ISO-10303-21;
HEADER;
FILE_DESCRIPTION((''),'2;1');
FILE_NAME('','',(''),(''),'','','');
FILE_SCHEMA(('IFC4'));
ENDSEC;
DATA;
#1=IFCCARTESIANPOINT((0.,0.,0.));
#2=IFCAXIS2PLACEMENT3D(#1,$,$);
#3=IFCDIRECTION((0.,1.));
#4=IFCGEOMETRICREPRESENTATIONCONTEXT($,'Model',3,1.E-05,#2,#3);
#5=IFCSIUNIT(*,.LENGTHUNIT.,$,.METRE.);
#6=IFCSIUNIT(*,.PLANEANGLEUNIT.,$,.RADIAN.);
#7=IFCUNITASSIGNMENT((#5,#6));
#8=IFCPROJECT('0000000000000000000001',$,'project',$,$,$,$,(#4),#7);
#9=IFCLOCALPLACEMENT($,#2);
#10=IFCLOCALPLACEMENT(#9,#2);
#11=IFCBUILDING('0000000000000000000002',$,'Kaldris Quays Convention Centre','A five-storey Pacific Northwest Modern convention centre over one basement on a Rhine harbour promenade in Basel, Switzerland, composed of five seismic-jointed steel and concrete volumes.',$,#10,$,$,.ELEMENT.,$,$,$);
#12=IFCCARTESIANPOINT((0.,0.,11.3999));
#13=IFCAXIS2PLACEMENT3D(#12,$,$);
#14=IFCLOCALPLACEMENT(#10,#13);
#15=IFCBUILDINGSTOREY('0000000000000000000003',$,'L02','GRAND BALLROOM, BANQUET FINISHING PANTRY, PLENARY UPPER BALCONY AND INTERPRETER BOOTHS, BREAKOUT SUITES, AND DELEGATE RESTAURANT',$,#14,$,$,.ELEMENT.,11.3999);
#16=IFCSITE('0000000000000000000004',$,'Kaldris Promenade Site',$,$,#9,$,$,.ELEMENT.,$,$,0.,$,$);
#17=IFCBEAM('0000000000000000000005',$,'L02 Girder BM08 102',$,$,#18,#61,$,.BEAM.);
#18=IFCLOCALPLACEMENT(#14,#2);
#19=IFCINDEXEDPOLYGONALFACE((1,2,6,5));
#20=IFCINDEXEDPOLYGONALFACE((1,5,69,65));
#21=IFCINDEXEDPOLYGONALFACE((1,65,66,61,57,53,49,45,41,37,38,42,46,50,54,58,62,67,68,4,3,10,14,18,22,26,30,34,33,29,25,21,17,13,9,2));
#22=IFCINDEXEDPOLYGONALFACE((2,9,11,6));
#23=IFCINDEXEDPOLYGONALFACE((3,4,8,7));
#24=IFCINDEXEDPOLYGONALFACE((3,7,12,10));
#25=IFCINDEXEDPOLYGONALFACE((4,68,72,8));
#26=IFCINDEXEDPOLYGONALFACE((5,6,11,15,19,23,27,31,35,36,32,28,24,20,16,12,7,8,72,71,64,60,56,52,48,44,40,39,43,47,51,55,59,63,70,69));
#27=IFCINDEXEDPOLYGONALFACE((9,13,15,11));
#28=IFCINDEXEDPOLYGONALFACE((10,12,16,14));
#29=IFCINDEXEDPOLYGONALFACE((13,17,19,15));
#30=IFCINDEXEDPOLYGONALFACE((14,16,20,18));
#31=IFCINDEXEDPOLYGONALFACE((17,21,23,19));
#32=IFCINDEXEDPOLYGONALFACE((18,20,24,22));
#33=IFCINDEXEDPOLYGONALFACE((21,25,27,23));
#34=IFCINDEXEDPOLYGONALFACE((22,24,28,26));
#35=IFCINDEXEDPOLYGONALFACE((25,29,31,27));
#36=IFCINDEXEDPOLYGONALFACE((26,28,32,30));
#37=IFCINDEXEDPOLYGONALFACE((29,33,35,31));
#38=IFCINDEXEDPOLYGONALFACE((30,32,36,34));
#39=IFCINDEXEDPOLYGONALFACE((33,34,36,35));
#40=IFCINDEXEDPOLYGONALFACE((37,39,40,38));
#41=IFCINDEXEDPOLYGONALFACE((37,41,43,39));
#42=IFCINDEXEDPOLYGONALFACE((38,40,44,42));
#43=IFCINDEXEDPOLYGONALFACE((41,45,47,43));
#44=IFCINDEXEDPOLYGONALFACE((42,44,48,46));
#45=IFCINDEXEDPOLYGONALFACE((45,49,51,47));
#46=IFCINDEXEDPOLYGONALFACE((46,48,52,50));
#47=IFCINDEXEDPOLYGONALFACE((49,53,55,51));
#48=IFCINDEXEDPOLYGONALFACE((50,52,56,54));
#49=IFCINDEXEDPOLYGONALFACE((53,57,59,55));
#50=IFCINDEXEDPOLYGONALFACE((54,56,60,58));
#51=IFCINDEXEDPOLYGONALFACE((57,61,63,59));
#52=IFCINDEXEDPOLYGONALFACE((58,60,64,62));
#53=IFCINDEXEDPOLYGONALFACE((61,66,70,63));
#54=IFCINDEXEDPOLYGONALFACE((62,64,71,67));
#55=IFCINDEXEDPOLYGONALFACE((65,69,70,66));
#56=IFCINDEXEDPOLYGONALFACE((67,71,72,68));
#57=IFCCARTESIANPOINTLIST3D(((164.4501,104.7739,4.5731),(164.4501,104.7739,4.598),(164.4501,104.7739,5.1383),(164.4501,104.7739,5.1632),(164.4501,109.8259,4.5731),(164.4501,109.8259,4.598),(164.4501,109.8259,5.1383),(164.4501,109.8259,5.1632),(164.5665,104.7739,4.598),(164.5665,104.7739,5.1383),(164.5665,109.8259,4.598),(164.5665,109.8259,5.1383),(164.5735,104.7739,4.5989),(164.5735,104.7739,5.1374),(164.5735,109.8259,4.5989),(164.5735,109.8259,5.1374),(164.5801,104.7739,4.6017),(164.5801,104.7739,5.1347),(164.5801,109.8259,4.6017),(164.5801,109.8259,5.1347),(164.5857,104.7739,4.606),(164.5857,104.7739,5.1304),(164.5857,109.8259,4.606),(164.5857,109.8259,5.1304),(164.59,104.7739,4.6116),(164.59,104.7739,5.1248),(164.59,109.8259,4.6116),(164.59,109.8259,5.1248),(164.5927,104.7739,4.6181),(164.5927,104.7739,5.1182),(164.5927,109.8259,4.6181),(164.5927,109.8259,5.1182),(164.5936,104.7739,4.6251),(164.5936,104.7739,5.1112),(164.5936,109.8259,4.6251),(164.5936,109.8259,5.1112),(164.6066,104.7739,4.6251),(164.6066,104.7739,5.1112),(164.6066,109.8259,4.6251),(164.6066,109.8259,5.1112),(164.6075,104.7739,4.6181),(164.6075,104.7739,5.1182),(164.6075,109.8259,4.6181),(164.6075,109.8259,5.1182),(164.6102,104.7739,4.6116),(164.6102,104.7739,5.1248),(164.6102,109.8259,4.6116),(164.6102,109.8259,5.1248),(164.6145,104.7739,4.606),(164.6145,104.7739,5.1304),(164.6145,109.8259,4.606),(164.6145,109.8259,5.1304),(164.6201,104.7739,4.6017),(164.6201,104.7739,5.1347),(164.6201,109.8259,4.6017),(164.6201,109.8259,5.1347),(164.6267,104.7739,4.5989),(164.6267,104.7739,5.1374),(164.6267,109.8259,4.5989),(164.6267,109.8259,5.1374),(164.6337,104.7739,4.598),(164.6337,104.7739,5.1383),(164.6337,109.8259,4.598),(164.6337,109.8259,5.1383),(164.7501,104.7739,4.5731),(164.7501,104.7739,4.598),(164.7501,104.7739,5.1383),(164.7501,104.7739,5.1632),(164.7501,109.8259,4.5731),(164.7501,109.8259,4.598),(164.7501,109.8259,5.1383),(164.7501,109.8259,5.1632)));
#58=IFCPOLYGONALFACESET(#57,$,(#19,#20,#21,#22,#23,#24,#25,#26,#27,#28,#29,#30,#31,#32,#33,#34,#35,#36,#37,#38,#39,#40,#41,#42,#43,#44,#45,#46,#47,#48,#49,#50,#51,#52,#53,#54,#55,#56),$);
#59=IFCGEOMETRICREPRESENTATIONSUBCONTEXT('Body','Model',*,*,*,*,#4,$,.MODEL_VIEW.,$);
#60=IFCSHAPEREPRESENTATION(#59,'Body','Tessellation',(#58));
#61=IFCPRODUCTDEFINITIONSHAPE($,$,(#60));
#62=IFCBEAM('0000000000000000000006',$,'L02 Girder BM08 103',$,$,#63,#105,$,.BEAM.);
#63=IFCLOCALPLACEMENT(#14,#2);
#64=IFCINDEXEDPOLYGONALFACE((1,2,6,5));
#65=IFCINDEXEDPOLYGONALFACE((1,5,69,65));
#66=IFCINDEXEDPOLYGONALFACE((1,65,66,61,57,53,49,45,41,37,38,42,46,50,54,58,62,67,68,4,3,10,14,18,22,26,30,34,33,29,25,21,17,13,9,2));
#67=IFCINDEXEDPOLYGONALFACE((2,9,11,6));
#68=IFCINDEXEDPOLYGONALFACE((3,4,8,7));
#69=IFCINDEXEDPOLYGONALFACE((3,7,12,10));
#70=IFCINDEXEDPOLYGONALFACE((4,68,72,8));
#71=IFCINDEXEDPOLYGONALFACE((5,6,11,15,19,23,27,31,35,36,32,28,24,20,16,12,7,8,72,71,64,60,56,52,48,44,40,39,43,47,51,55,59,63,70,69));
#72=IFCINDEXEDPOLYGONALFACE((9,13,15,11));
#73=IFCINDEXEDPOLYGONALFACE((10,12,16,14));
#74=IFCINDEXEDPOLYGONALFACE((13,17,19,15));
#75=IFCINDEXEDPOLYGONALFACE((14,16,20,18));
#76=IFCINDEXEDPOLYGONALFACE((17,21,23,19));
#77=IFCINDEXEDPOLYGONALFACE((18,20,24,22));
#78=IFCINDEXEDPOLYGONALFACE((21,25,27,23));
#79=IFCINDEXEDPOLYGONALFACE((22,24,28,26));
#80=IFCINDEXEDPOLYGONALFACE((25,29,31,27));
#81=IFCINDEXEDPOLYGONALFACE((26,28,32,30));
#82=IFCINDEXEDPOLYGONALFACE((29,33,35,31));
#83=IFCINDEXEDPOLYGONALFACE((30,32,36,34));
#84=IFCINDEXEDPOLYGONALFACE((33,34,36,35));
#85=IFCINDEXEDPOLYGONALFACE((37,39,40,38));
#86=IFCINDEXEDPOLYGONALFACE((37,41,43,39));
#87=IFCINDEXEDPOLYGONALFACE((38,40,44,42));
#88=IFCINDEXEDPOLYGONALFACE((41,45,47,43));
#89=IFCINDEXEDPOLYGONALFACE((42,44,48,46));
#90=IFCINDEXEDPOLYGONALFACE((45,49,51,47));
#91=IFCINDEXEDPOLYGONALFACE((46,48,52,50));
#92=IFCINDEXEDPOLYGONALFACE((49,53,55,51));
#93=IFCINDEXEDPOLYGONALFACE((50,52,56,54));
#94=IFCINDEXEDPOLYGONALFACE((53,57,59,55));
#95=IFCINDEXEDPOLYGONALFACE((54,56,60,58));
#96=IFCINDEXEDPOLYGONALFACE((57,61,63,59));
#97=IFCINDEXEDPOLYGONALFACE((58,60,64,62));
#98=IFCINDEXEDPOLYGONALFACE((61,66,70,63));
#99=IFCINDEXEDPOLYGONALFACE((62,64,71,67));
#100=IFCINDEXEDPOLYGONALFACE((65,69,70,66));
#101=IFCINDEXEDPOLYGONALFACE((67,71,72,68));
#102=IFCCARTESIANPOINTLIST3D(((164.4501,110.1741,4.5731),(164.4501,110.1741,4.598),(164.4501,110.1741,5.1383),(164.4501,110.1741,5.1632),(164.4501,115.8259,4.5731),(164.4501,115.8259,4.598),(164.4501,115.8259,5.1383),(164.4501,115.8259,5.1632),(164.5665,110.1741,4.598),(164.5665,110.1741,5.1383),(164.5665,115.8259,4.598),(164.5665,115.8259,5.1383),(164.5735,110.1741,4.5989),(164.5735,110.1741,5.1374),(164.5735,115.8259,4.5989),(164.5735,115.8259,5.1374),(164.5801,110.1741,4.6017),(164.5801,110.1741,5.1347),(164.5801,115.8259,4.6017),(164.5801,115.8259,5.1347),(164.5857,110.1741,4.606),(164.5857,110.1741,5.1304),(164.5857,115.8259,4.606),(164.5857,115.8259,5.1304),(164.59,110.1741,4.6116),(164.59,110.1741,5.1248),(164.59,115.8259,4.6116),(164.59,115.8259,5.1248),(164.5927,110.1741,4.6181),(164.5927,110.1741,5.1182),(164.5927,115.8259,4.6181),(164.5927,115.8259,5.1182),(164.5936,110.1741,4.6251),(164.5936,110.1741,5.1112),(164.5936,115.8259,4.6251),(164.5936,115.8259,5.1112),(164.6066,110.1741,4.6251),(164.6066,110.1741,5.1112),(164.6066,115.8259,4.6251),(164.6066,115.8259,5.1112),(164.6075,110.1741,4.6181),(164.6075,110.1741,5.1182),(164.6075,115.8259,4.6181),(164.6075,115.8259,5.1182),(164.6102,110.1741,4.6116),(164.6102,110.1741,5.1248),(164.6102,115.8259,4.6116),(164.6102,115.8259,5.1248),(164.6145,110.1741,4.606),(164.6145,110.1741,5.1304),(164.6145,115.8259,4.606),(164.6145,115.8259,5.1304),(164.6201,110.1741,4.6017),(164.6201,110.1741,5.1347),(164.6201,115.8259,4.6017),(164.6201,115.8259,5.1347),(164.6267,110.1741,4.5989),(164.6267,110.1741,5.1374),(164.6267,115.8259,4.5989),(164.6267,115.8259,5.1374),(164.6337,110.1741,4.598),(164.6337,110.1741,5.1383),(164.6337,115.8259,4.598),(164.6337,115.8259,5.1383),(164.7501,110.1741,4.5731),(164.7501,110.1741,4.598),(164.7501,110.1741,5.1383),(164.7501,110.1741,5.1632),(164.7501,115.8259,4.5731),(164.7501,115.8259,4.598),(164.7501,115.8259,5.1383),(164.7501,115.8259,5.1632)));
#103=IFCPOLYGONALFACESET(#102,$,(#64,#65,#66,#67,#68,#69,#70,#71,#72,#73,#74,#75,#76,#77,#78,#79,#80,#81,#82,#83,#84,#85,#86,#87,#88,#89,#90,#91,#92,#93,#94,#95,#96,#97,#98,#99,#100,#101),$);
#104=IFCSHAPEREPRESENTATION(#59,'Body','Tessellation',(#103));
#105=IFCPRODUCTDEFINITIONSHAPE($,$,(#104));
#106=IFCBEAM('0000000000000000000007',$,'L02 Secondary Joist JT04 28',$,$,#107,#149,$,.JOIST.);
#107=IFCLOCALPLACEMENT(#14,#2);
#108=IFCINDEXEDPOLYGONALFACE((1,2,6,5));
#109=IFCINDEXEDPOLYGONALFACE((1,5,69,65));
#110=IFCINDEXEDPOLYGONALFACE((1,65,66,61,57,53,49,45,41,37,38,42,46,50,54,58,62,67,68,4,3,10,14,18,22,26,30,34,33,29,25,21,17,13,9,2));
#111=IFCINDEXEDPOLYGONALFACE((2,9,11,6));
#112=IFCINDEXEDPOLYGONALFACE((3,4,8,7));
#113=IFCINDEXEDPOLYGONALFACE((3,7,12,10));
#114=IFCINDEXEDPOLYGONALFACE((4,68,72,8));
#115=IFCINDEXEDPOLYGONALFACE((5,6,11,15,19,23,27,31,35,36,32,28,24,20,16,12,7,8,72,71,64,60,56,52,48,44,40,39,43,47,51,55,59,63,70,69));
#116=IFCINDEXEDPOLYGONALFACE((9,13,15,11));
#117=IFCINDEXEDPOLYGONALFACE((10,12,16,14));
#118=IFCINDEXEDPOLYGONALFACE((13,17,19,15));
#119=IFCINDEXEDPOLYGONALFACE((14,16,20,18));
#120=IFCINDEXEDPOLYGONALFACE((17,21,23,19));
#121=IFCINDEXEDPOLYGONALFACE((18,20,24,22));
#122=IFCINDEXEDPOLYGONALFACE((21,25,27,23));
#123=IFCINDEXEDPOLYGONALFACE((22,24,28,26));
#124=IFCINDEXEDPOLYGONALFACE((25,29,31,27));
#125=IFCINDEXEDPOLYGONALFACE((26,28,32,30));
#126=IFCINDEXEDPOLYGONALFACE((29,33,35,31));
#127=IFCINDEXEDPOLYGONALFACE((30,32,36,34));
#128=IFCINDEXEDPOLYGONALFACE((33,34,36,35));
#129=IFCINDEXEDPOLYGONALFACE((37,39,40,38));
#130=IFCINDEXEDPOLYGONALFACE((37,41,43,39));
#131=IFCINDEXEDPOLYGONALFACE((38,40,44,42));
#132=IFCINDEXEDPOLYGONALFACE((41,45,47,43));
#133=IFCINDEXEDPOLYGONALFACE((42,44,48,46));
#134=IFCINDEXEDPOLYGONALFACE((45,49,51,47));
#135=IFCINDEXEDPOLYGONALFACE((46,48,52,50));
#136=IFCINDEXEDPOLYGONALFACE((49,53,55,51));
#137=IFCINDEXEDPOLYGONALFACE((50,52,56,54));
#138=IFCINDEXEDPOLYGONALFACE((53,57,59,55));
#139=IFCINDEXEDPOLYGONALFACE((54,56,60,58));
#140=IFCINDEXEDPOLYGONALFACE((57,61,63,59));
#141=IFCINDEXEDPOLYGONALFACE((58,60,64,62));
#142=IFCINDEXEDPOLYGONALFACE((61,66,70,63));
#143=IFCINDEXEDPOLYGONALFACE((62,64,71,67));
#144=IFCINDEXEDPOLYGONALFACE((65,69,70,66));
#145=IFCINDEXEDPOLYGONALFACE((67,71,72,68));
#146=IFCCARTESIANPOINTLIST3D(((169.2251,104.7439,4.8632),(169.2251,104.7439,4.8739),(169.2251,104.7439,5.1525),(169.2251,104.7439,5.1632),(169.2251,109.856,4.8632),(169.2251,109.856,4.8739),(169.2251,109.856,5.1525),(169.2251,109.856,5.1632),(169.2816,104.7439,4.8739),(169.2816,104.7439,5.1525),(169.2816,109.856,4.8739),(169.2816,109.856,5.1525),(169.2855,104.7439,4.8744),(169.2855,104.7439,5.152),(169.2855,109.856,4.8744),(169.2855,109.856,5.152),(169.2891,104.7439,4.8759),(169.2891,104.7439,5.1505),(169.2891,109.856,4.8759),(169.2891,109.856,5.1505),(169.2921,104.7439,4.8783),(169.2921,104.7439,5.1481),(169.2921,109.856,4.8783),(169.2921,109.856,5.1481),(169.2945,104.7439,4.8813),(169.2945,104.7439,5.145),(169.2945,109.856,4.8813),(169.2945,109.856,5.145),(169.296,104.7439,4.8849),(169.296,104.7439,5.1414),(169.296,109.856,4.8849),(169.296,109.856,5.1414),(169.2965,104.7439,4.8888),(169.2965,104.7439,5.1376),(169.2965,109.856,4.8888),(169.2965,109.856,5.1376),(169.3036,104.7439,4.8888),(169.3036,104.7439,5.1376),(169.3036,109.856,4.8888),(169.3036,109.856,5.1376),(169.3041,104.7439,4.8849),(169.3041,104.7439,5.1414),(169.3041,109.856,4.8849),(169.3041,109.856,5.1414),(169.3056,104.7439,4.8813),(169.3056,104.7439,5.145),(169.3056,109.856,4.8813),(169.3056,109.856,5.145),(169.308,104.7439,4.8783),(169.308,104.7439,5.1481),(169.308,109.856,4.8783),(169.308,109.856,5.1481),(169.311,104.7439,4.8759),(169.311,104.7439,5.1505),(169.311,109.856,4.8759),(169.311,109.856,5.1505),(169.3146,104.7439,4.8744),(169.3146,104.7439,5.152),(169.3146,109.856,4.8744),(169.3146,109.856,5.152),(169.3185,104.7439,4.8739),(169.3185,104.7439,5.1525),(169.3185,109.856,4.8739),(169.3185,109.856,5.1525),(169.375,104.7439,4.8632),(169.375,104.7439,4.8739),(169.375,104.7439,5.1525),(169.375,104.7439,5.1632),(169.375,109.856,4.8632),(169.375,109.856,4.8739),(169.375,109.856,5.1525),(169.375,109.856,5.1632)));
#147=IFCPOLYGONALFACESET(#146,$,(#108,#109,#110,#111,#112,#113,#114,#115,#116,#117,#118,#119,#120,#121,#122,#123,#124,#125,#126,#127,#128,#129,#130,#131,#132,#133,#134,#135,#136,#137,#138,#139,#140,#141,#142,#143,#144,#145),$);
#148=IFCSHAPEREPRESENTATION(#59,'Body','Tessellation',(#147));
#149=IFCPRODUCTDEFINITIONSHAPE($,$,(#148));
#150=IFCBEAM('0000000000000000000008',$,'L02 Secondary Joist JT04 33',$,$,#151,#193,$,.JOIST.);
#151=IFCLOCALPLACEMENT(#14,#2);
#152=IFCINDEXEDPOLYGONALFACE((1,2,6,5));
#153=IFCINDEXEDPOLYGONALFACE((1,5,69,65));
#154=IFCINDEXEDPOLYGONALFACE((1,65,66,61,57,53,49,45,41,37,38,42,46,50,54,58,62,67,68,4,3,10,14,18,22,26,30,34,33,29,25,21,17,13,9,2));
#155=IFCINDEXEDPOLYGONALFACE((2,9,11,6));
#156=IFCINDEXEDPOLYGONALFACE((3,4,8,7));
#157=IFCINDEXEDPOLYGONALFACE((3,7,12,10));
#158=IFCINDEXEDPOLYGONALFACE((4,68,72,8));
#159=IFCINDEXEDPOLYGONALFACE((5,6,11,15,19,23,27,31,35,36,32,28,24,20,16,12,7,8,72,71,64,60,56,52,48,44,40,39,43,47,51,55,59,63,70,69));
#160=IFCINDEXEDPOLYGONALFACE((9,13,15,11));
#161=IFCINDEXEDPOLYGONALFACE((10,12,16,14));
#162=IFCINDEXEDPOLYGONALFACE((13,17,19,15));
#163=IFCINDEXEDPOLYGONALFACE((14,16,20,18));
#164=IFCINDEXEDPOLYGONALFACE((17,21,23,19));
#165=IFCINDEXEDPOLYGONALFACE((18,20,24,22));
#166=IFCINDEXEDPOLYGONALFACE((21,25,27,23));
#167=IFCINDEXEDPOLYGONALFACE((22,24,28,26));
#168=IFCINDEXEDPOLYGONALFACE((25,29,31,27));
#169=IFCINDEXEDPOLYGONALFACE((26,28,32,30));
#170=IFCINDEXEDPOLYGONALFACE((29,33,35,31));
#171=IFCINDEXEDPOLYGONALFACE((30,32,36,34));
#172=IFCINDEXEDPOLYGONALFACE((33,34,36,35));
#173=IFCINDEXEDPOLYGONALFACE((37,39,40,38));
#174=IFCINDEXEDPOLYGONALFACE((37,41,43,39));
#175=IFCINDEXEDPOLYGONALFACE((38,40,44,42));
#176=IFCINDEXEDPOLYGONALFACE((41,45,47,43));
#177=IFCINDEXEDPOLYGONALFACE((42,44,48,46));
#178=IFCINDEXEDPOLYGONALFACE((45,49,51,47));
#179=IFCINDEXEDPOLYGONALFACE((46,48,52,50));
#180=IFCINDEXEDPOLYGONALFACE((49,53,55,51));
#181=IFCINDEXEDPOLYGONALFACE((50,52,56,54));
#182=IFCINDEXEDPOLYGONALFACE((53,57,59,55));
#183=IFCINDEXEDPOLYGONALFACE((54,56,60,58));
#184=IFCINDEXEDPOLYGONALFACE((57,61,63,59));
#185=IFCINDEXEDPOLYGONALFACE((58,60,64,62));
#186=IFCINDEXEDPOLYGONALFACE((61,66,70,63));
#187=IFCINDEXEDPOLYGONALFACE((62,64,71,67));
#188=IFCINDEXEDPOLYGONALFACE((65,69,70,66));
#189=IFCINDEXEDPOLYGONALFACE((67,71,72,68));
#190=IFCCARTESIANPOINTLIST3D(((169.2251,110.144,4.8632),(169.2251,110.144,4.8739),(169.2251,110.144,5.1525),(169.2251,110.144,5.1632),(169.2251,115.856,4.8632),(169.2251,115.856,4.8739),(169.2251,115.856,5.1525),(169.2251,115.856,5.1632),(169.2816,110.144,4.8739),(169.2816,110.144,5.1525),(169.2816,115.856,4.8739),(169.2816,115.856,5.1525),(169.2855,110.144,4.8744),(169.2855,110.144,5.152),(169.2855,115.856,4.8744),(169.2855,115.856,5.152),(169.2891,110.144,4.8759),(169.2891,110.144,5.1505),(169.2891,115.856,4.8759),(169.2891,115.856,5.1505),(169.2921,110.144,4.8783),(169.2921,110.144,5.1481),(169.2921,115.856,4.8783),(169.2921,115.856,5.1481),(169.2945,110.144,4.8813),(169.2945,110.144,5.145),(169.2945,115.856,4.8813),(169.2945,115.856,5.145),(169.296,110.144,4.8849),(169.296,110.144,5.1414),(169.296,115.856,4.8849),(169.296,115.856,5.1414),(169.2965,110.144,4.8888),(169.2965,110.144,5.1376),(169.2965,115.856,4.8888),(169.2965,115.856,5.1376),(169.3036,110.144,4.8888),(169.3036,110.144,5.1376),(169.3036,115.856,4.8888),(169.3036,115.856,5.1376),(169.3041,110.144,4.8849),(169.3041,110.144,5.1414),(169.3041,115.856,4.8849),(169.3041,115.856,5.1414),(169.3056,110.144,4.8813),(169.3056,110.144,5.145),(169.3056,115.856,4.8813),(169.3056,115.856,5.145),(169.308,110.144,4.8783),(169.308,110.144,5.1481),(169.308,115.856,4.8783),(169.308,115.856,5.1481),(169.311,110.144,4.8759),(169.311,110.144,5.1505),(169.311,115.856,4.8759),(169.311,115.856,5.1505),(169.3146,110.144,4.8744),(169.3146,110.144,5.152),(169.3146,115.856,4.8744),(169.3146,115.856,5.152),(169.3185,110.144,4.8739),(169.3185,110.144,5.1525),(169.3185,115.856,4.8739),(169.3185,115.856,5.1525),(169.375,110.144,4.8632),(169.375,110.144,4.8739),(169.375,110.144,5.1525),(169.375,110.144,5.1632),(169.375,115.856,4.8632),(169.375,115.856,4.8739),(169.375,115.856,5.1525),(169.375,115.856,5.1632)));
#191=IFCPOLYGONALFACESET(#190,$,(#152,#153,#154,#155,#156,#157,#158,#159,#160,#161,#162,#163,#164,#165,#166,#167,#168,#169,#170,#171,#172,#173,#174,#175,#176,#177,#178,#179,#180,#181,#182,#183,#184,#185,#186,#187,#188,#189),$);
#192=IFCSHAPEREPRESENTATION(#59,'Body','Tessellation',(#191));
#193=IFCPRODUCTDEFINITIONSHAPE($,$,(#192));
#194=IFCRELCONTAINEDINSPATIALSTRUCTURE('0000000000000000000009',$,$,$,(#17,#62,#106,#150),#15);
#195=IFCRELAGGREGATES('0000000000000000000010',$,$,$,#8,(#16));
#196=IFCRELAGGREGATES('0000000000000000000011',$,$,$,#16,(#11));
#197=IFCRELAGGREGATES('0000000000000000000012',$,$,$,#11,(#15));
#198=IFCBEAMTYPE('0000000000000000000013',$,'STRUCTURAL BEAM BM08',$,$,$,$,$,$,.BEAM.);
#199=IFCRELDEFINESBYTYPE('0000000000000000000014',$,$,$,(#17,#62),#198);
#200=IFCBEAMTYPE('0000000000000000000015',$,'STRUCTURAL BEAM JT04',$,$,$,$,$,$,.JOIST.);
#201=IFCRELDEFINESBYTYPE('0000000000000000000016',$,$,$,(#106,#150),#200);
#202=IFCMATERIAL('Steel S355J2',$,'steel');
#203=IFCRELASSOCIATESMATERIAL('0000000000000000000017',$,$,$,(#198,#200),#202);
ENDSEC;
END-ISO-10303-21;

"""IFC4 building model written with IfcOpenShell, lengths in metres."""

from ifc_helpers import new_model, si_unit, direction, frame, origin, origin_2d, place, context, subcontext, project, spatial, i_section, extrude, material, material_profile, profile_set, type_object, element, save


model = new_model("IFC4")

# Units and contexts
model_context = context("Model", 3, precision=1e-05, world=origin(), true_north=direction((0.0, 1.0)))
body_context = subcontext(model_context, "Body", "Model", "MODEL_VIEW")
ifc_project = project(units=[si_unit("LENGTHUNIT", "METRE"), si_unit("PLANEANGLEUNIT", "RADIAN")], contexts=[model_context])

# Site, building, storey
site_placement = place(None, origin())
site = spatial("IfcSite", under=ifc_project, at=site_placement, Name="Kaldris Promenade Site", CompositionType="ELEMENT", RefElevation=0.0)
building_placement = place(site_placement, origin())
building = spatial("IfcBuilding", under=site, at=building_placement, Name="Kaldris Quays Convention Centre", Description="A five-storey Pacific Northwest Modern convention centre over one basement on a Rhine harbour promenade in Basel, Switzerland, composed of five seismic-jointed steel and concrete volumes.", CompositionType="ELEMENT")
storey_placement = place(building_placement, frame((0.0, 0.0, 11.3999)))
storey = spatial("IfcBuildingStorey", under=building, at=storey_placement, Name="L02", Description="GRAND BALLROOM, BANQUET FINISHING PANTRY, PLENARY UPPER BALCONY AND INTERPRETER BOOTHS, BREAKOUT SUITES, AND DELEGATE RESTAURANT", CompositionType="ELEMENT", Elevation=11.3999)

# Shared definitions
ifc_material_1 = material(Name="Steel S355J2", Category="steel")

# Beams
ifc_material_profile_1 = material_profile(ifc_material_1, i_section(OverallWidth=0.3, OverallDepth=0.5901, WebThickness=0.0129, FlangeThickness=0.0249, FilletRadius=0.0271, at=origin_2d()), Name="HEA 600")
ifc_profile_set_1 = profile_set([ifc_material_profile_1], Name="Steel S355J2")
beam_type_1 = type_object("IfcBeamType", Name="STRUCTURAL BEAM BM08", PredefinedType="BEAM", material=ifc_profile_set_1)
beam_1_placement = place(storey_placement, frame((164.6001, 104.7739, 4.8682), z_axis=(0.0, 1.0, 0.0), x_axis=(-1.0, 0.0, 0.0)))
element("IfcBeam", 1, at=beam_1_placement, inside=storey, type_object=beam_type_1, Name="L02 Girder BM08 102", PredefinedType="BEAM", context=body_context, shape_type="SweptSolid", body=[
    extrude(i_section(OverallWidth=0.3, OverallDepth=0.5901, WebThickness=0.0129, FlangeThickness=0.0249, FilletRadius=0.0271, at=origin_2d()), origin(), (0.0, 0.0, 1.0), 5.052),
])
beam_2_placement = place(storey_placement, frame((164.6001, 110.1741, 4.8682), z_axis=(0.0, 1.0, 0.0), x_axis=(-1.0, 0.0, 0.0)))
element("IfcBeam", 2, at=beam_2_placement, inside=storey, type_object=beam_type_1, Name="L02 Girder BM08 103", PredefinedType="BEAM", context=body_context, shape_type="SweptSolid", body=[
    extrude(i_section(OverallWidth=0.3, OverallDepth=0.5901, WebThickness=0.0129, FlangeThickness=0.0249, FilletRadius=0.0271, at=origin_2d()), origin(), (0.0, 0.0, 1.0), 5.6519),
])
ifc_material_profile_2 = material_profile(ifc_material_1, i_section(OverallWidth=0.1499, OverallDepth=0.3, WebThickness=0.0071, FlangeThickness=0.0107, FilletRadius=0.0149, at=origin_2d()), Name="IPE 300")
ifc_profile_set_2 = profile_set([ifc_material_profile_2], Name="Steel S355J2")
beam_type_2 = type_object("IfcBeamType", Name="STRUCTURAL BEAM JT04", PredefinedType="JOIST", material=ifc_profile_set_2)
beam_3_placement = place(storey_placement, frame((169.3, 104.7439, 5.0132), z_axis=(0.0, 1.0, 0.0), x_axis=(-1.0, 0.0, 0.0)))
element("IfcBeam", 3, at=beam_3_placement, inside=storey, type_object=beam_type_2, Name="L02 Secondary Joist JT04 28", PredefinedType="JOIST", context=body_context, shape_type="SweptSolid", body=[
    extrude(i_section(OverallWidth=0.1499, OverallDepth=0.3, WebThickness=0.0071, FlangeThickness=0.0107, FilletRadius=0.0149, at=origin_2d()), origin(), (0.0, 0.0, 1.0), 5.1121),
])
beam_4_placement = place(storey_placement, frame((169.3, 110.144, 5.0132), z_axis=(0.0, 1.0, 0.0), x_axis=(-1.0, 0.0, 0.0)))
element("IfcBeam", 4, at=beam_4_placement, inside=storey, type_object=beam_type_2, Name="L02 Secondary Joist JT04 33", PredefinedType="JOIST", context=body_context, shape_type="SweptSolid", body=[
    extrude(i_section(OverallWidth=0.1499, OverallDepth=0.3, WebThickness=0.0071, FlangeThickness=0.0107, FilletRadius=0.0149, at=origin_2d()), origin(), (0.0, 0.0, 1.0), 5.7119),
])

save(model, "model.ifc")
